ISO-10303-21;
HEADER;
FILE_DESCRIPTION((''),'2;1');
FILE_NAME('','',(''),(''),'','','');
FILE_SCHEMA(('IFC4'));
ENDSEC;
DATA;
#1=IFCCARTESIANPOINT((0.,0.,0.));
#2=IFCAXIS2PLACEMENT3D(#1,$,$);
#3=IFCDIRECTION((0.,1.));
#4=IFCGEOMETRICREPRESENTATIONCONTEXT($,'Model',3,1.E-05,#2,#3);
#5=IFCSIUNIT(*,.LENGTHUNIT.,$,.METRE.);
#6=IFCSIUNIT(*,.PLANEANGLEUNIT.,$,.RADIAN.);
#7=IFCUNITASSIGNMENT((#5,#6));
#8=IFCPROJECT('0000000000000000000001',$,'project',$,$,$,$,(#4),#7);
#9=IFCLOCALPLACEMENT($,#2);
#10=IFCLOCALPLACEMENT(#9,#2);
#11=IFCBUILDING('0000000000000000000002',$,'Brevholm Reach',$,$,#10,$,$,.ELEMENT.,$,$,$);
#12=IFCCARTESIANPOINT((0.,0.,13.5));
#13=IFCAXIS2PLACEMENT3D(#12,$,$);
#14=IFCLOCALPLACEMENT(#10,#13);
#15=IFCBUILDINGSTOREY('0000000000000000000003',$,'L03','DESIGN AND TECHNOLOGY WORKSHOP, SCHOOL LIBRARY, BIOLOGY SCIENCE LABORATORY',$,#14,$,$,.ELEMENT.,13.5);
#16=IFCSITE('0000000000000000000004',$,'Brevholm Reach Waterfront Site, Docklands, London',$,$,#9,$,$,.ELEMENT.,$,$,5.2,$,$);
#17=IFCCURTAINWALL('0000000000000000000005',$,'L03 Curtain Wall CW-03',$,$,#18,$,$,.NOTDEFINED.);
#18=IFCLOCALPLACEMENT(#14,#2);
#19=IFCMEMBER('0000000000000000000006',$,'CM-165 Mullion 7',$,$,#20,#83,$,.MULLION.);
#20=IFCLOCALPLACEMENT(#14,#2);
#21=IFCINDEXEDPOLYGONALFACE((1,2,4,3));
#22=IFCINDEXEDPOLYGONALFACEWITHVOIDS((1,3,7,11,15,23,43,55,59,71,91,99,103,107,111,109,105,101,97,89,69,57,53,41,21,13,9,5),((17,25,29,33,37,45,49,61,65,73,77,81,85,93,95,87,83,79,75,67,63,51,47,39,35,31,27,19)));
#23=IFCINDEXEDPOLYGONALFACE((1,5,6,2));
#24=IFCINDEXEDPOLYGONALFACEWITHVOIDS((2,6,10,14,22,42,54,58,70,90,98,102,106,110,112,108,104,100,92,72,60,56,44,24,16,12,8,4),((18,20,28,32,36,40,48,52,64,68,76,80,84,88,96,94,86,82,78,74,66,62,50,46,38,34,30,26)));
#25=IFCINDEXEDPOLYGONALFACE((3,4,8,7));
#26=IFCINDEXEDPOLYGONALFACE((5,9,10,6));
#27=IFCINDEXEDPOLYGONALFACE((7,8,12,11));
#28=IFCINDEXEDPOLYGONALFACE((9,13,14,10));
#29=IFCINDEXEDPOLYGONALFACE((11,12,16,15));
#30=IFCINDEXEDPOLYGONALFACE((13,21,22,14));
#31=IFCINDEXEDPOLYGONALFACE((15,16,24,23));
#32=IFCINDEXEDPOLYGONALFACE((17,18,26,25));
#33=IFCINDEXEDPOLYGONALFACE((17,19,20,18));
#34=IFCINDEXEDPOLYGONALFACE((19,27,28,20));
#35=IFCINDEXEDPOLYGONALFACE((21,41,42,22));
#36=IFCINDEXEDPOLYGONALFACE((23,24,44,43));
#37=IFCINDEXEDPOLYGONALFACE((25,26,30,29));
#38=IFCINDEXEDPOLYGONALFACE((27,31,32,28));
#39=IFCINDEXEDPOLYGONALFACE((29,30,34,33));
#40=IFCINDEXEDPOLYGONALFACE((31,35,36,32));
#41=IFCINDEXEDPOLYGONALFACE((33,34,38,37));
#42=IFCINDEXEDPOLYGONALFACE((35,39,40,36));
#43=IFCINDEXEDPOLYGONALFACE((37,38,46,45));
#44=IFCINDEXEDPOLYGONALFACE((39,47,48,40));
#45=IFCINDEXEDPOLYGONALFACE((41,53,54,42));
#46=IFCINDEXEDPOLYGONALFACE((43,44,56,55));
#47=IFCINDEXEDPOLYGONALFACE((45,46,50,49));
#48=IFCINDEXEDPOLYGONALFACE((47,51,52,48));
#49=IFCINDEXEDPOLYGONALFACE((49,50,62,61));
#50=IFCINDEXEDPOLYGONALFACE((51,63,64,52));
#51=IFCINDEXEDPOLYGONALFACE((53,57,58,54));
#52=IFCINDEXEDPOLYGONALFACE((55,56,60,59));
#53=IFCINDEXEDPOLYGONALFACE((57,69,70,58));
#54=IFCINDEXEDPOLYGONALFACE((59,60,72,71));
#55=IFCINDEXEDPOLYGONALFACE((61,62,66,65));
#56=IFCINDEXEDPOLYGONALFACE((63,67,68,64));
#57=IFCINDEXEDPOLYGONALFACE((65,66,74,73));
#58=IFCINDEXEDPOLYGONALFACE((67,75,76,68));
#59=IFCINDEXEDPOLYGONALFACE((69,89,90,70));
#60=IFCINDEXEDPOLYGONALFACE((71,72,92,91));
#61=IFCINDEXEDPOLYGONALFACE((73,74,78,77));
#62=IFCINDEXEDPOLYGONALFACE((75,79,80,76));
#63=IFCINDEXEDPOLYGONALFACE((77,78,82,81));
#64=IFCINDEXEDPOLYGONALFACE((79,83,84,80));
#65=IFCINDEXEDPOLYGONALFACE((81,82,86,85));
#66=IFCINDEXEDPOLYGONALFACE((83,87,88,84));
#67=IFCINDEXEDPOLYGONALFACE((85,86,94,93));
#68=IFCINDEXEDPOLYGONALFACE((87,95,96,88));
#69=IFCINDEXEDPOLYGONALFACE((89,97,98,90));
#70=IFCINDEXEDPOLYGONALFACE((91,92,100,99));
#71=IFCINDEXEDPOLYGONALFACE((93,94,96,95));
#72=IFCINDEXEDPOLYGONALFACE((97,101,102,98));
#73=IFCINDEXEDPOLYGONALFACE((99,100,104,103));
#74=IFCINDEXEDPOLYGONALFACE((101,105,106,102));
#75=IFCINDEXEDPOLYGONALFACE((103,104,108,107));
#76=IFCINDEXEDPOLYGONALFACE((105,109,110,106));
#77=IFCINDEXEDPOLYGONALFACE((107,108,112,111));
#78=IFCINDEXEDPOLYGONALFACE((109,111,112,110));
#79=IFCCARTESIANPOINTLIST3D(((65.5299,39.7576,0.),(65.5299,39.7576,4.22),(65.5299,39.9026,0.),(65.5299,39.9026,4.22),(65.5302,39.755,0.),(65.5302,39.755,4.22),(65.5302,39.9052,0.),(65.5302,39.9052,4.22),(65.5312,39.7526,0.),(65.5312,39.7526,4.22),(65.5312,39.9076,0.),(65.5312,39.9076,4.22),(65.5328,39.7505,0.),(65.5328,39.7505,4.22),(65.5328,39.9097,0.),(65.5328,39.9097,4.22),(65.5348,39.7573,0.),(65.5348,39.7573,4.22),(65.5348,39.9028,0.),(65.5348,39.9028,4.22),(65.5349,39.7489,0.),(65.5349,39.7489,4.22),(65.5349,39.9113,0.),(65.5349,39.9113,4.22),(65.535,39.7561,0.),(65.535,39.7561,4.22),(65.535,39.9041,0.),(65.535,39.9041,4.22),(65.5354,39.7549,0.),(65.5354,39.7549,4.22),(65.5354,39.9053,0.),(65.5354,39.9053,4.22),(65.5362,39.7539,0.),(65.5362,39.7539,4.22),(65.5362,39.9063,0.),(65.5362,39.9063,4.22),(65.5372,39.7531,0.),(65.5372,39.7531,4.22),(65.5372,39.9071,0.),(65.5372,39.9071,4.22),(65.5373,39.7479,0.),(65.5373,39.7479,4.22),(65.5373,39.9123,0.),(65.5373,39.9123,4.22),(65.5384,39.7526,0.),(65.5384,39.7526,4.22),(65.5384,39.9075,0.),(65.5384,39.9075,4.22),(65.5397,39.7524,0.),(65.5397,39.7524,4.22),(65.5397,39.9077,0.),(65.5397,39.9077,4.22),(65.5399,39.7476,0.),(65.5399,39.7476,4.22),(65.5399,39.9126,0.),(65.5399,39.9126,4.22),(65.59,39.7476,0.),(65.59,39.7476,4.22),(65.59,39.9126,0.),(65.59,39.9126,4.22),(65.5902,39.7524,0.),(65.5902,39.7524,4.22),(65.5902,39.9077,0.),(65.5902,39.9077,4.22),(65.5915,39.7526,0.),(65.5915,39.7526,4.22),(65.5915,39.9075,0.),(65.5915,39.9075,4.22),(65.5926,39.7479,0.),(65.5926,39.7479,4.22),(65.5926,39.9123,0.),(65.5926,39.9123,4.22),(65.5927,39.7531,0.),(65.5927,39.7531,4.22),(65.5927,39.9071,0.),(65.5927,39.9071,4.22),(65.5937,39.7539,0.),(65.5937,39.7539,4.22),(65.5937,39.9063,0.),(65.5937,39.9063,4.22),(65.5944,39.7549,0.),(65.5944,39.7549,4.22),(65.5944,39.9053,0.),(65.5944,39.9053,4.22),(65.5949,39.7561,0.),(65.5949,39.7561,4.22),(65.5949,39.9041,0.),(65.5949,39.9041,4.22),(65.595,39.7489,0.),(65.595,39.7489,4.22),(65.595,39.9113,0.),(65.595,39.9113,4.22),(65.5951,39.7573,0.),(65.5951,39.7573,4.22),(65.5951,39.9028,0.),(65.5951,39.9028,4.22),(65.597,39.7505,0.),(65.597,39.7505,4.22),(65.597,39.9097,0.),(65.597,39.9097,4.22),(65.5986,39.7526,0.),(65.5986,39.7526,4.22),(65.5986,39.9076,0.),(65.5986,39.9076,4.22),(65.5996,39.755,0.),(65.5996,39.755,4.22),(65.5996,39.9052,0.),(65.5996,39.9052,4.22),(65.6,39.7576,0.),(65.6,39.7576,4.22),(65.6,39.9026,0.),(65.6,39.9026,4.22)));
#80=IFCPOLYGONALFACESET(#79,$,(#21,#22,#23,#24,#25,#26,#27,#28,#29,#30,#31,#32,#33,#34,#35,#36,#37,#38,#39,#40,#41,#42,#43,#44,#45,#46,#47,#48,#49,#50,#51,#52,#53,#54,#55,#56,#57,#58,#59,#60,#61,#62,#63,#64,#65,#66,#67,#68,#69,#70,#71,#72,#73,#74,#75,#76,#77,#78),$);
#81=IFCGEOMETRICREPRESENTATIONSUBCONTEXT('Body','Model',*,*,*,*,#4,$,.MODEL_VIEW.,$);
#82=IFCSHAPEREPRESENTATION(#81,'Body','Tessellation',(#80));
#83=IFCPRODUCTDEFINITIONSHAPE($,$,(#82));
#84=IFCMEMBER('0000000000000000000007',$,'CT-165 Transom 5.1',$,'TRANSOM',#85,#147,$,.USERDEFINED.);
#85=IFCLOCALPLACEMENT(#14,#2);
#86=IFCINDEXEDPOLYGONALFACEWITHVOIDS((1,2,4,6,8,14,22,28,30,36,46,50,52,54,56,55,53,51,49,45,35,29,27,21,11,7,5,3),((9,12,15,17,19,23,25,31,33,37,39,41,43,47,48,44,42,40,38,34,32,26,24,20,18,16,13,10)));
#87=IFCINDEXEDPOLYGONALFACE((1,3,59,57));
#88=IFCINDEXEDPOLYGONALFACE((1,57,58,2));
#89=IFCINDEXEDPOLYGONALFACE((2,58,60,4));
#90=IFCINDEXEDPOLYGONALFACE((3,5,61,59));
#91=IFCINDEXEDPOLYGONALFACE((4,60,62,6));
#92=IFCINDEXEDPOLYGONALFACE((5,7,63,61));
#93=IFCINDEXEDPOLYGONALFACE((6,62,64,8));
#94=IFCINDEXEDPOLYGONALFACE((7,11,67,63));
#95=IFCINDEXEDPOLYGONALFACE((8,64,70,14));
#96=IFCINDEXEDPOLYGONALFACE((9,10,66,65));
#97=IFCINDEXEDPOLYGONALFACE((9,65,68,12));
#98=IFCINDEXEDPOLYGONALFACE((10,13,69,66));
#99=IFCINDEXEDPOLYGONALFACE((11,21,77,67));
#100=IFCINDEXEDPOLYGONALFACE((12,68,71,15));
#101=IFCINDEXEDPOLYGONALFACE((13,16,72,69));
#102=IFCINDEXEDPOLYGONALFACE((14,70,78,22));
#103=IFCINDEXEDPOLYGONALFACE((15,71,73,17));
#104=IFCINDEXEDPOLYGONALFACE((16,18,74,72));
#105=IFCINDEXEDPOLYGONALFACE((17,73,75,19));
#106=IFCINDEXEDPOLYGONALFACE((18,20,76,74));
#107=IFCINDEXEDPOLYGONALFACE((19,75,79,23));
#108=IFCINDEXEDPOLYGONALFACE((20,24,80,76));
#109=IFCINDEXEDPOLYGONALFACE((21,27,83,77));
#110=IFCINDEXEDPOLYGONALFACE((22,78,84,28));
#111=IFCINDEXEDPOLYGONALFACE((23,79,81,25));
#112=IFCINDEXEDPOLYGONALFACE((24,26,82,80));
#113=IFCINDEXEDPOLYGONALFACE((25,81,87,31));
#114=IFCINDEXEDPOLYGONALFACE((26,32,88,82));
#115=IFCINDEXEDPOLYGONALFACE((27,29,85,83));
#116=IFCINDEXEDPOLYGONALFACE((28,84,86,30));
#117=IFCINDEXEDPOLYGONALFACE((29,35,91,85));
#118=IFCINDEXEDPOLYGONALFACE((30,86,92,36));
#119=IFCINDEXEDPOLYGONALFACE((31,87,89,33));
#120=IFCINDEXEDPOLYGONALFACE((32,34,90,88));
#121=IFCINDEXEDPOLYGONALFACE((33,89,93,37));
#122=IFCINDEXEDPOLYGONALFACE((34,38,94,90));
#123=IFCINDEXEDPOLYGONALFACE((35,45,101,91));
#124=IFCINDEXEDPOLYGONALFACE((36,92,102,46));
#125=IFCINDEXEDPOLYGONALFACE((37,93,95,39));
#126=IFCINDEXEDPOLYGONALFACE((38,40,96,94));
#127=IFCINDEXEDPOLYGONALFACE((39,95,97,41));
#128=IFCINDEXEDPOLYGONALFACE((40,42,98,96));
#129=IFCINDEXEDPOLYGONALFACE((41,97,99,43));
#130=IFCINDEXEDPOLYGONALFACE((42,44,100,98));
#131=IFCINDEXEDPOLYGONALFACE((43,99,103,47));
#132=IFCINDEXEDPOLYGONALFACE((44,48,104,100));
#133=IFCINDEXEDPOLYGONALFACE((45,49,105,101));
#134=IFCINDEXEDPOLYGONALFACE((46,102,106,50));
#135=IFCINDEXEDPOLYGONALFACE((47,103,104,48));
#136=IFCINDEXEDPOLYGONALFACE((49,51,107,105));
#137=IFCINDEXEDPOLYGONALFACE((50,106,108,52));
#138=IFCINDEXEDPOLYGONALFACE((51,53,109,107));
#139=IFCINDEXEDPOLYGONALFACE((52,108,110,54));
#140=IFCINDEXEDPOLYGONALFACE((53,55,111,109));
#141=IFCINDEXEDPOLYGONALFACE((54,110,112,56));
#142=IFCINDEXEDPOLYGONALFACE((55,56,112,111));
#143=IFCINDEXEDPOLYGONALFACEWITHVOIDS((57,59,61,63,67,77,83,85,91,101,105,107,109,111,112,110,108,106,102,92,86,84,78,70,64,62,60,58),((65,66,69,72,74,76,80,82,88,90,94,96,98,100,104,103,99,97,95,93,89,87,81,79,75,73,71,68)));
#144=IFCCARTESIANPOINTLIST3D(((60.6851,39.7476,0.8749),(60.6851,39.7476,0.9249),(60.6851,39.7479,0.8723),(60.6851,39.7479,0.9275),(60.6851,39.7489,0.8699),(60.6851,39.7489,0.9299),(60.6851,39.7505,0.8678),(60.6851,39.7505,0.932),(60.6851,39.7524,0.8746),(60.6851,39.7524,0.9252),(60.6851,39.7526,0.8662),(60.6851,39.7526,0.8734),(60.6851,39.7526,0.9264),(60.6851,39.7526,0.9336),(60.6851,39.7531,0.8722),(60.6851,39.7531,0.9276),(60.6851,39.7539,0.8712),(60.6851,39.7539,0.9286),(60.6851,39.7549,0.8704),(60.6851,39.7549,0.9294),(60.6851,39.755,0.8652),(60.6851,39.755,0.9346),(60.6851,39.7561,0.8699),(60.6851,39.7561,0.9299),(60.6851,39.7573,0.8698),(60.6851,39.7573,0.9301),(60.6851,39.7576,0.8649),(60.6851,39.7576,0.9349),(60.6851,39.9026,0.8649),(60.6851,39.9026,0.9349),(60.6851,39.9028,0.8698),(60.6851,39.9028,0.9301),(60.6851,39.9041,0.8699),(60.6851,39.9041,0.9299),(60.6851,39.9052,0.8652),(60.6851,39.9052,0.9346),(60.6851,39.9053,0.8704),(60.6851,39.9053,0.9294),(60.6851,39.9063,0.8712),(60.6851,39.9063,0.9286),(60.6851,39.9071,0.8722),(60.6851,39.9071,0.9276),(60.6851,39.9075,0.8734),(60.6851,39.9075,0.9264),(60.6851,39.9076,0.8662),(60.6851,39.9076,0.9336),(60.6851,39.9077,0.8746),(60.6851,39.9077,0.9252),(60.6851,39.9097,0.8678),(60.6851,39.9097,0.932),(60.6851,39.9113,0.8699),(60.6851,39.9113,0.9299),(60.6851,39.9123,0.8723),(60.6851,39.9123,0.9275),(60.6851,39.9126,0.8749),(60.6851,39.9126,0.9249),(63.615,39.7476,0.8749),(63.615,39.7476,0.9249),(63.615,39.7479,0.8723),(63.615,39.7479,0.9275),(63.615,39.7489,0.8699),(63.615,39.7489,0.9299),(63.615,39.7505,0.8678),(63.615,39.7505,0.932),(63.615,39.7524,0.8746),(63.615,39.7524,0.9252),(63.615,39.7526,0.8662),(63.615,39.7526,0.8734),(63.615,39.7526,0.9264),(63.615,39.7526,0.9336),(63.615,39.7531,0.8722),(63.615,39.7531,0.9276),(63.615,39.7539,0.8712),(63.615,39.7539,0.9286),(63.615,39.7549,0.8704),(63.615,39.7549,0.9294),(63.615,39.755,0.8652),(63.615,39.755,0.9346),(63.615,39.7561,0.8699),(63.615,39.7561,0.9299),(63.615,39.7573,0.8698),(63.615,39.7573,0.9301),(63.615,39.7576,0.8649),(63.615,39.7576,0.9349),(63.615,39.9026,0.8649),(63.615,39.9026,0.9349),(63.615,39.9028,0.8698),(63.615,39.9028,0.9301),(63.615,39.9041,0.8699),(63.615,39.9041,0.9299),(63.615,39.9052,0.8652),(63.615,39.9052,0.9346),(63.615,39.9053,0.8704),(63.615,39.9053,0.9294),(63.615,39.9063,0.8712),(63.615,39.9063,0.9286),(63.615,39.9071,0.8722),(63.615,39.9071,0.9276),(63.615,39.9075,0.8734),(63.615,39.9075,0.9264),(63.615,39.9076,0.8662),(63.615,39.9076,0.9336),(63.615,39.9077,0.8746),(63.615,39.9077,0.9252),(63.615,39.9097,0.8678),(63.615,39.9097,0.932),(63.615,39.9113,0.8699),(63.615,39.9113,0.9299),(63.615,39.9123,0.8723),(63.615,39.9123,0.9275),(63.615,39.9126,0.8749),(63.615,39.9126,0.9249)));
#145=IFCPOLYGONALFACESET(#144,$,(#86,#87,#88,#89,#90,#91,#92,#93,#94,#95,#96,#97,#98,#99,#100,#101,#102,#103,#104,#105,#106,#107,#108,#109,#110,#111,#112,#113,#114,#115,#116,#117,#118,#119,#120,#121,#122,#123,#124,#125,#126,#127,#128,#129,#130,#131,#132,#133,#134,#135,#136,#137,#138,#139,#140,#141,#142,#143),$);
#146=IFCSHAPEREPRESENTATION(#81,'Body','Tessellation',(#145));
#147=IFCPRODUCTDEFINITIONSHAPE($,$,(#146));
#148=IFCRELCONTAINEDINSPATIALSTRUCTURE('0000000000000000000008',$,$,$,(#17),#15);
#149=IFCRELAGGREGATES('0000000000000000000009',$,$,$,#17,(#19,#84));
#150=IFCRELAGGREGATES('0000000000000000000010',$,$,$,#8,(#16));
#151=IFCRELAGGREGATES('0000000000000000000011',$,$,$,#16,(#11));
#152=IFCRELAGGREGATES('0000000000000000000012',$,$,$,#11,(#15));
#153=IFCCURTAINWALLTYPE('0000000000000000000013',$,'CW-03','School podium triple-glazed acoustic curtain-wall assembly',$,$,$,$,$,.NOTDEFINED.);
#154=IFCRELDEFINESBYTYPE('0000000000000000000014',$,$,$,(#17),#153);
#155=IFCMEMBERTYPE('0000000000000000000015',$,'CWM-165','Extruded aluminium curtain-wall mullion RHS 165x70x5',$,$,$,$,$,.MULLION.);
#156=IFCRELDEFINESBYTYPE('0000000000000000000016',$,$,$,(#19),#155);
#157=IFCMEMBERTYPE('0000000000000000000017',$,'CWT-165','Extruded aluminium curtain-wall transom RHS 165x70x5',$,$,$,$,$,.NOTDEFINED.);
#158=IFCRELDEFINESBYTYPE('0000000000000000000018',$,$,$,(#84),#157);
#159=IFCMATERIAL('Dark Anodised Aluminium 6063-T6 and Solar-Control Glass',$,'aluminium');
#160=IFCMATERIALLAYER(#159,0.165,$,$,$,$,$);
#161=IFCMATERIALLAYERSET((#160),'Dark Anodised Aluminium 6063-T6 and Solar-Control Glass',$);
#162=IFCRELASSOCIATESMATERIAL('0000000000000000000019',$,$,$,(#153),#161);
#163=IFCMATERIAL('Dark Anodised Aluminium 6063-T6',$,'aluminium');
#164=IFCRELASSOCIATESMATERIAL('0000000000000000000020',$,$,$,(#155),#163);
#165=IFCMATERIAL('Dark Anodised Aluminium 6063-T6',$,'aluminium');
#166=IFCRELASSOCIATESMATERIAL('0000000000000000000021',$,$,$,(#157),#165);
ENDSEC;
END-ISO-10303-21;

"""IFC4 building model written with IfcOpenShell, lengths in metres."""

from ifc_helpers import new_model, si_unit, direction, frame, origin, origin_2d, place, context, subcontext, project, spatial, hollow_rectangle, extrude, material, layer, layer_set, material_profile, profile_set, type_object, element, aggregate, save


model = new_model("IFC4")

# Units and contexts
model_context = context("Model", 3, precision=1e-05, world=origin(), true_north=direction((0.0, 1.0)))
body_context = subcontext(model_context, "Body", "Model", "MODEL_VIEW")
ifc_project = project(units=[si_unit("LENGTHUNIT", "METRE"), si_unit("PLANEANGLEUNIT", "RADIAN")], contexts=[model_context])

# Site, building, storey
site_placement = place(None, origin())
site = spatial("IfcSite", under=ifc_project, at=site_placement, Name="Brevholm Reach Waterfront Site, Docklands, London", CompositionType="ELEMENT", RefElevation=5.2)
building_placement = place(site_placement, origin())
building = spatial("IfcBuilding", under=site, at=building_placement, Name="Brevholm Reach", CompositionType="ELEMENT")
storey_placement = place(building_placement, frame((0.0, 0.0, 13.5)))
storey = spatial("IfcBuildingStorey", under=building, at=storey_placement, Name="L03", Description="DESIGN AND TECHNOLOGY WORKSHOP, SCHOOL LIBRARY, BIOLOGY SCIENCE LABORATORY", CompositionType="ELEMENT", Elevation=13.5)

# Curtain wall, members
ifc_material_1 = material(Name="Dark Anodised Aluminium 6063-T6 and Solar-Control Glass", Category="aluminium")
ifc_layer_1 = layer(ifc_material_1, 0.165)
ifc_layer_set_1 = layer_set([ifc_layer_1], Name="Dark Anodised Aluminium 6063-T6 and Solar-Control Glass")
curtain_wall_type = type_object("IfcCurtainWallType", Name="CW-03", Description="School podium triple-glazed acoustic curtain-wall assembly", PredefinedType="NOTDEFINED", material=ifc_layer_set_1)
curtain_wall_placement = place(storey_placement, origin())
curtain_wall = element("IfcCurtainWall", 1, at=curtain_wall_placement, inside=storey, type_object=curtain_wall_type, Name="L03 Curtain Wall CW-03", PredefinedType="NOTDEFINED")
ifc_material_2 = material(Name="Dark Anodised Aluminium 6063-T6", Category="aluminium")
ifc_material_profile_1 = material_profile(ifc_material_2, hollow_rectangle(XDim=0.0701, YDim=0.165, WallThickness=0.0049, InnerFilletRadius=0.0049, OuterFilletRadius=0.01, at=origin_2d()), Name="RHS 165x70x5")
ifc_profile_set_1 = profile_set([ifc_material_profile_1], Name="Dark Anodised Aluminium 6063-T6")
member_type_1 = type_object("IfcMemberType", Name="CWM-165", Description="Extruded aluminium curtain-wall mullion RHS 165x70x5", PredefinedType="MULLION", material=ifc_profile_set_1)
member_1_placement = place(storey_placement, frame((65.5649, 39.8301, 0.0), z_axis=(0.0, 0.0, 1.0), x_axis=(1.0, 0.0, 0.0)))
member_1 = element("IfcMember", 2, at=member_1_placement, type_object=member_type_1, Name="CM-165 Mullion 7", PredefinedType="MULLION", context=body_context, shape_type="SweptSolid", body=[
    extrude(hollow_rectangle(XDim=0.0701, YDim=0.165, WallThickness=0.0049, InnerFilletRadius=0.0049, OuterFilletRadius=0.01, at=origin_2d()), origin(), (0.0, 0.0, 1.0), 4.22),
])
ifc_material_3 = material(Name="Dark Anodised Aluminium 6063-T6", Category="aluminium")
ifc_material_profile_2 = material_profile(ifc_material_3, hollow_rectangle(XDim=0.0701, YDim=0.165, WallThickness=0.0049, InnerFilletRadius=0.0049, OuterFilletRadius=0.01, at=origin_2d()), Name="RHS 165x70x5")
ifc_profile_set_2 = profile_set([ifc_material_profile_2], Name="Dark Anodised Aluminium 6063-T6")
member_type_2 = type_object("IfcMemberType", Name="CWT-165", Description="Extruded aluminium curtain-wall transom RHS 165x70x5", PredefinedType="NOTDEFINED", material=ifc_profile_set_2)
member_2_placement = place(storey_placement, frame((60.6851, 39.8301, 0.8999), z_axis=(1.0, 0.0, 0.0), x_axis=(0.0, 0.0, 1.0)))
member_2 = element("IfcMember", 3, at=member_2_placement, type_object=member_type_2, Name="CT-165 Transom 5.1", ObjectType="TRANSOM", PredefinedType="USERDEFINED", context=body_context, shape_type="SweptSolid", body=[
    extrude(hollow_rectangle(XDim=0.0701, YDim=0.165, WallThickness=0.0049, InnerFilletRadius=0.0049, OuterFilletRadius=0.01, at=origin_2d()), origin(), (0.0, 0.0, 1.0), 2.9299),
])
aggregate(curtain_wall, [member_1, member_2])

save(model, "model.ifc")
